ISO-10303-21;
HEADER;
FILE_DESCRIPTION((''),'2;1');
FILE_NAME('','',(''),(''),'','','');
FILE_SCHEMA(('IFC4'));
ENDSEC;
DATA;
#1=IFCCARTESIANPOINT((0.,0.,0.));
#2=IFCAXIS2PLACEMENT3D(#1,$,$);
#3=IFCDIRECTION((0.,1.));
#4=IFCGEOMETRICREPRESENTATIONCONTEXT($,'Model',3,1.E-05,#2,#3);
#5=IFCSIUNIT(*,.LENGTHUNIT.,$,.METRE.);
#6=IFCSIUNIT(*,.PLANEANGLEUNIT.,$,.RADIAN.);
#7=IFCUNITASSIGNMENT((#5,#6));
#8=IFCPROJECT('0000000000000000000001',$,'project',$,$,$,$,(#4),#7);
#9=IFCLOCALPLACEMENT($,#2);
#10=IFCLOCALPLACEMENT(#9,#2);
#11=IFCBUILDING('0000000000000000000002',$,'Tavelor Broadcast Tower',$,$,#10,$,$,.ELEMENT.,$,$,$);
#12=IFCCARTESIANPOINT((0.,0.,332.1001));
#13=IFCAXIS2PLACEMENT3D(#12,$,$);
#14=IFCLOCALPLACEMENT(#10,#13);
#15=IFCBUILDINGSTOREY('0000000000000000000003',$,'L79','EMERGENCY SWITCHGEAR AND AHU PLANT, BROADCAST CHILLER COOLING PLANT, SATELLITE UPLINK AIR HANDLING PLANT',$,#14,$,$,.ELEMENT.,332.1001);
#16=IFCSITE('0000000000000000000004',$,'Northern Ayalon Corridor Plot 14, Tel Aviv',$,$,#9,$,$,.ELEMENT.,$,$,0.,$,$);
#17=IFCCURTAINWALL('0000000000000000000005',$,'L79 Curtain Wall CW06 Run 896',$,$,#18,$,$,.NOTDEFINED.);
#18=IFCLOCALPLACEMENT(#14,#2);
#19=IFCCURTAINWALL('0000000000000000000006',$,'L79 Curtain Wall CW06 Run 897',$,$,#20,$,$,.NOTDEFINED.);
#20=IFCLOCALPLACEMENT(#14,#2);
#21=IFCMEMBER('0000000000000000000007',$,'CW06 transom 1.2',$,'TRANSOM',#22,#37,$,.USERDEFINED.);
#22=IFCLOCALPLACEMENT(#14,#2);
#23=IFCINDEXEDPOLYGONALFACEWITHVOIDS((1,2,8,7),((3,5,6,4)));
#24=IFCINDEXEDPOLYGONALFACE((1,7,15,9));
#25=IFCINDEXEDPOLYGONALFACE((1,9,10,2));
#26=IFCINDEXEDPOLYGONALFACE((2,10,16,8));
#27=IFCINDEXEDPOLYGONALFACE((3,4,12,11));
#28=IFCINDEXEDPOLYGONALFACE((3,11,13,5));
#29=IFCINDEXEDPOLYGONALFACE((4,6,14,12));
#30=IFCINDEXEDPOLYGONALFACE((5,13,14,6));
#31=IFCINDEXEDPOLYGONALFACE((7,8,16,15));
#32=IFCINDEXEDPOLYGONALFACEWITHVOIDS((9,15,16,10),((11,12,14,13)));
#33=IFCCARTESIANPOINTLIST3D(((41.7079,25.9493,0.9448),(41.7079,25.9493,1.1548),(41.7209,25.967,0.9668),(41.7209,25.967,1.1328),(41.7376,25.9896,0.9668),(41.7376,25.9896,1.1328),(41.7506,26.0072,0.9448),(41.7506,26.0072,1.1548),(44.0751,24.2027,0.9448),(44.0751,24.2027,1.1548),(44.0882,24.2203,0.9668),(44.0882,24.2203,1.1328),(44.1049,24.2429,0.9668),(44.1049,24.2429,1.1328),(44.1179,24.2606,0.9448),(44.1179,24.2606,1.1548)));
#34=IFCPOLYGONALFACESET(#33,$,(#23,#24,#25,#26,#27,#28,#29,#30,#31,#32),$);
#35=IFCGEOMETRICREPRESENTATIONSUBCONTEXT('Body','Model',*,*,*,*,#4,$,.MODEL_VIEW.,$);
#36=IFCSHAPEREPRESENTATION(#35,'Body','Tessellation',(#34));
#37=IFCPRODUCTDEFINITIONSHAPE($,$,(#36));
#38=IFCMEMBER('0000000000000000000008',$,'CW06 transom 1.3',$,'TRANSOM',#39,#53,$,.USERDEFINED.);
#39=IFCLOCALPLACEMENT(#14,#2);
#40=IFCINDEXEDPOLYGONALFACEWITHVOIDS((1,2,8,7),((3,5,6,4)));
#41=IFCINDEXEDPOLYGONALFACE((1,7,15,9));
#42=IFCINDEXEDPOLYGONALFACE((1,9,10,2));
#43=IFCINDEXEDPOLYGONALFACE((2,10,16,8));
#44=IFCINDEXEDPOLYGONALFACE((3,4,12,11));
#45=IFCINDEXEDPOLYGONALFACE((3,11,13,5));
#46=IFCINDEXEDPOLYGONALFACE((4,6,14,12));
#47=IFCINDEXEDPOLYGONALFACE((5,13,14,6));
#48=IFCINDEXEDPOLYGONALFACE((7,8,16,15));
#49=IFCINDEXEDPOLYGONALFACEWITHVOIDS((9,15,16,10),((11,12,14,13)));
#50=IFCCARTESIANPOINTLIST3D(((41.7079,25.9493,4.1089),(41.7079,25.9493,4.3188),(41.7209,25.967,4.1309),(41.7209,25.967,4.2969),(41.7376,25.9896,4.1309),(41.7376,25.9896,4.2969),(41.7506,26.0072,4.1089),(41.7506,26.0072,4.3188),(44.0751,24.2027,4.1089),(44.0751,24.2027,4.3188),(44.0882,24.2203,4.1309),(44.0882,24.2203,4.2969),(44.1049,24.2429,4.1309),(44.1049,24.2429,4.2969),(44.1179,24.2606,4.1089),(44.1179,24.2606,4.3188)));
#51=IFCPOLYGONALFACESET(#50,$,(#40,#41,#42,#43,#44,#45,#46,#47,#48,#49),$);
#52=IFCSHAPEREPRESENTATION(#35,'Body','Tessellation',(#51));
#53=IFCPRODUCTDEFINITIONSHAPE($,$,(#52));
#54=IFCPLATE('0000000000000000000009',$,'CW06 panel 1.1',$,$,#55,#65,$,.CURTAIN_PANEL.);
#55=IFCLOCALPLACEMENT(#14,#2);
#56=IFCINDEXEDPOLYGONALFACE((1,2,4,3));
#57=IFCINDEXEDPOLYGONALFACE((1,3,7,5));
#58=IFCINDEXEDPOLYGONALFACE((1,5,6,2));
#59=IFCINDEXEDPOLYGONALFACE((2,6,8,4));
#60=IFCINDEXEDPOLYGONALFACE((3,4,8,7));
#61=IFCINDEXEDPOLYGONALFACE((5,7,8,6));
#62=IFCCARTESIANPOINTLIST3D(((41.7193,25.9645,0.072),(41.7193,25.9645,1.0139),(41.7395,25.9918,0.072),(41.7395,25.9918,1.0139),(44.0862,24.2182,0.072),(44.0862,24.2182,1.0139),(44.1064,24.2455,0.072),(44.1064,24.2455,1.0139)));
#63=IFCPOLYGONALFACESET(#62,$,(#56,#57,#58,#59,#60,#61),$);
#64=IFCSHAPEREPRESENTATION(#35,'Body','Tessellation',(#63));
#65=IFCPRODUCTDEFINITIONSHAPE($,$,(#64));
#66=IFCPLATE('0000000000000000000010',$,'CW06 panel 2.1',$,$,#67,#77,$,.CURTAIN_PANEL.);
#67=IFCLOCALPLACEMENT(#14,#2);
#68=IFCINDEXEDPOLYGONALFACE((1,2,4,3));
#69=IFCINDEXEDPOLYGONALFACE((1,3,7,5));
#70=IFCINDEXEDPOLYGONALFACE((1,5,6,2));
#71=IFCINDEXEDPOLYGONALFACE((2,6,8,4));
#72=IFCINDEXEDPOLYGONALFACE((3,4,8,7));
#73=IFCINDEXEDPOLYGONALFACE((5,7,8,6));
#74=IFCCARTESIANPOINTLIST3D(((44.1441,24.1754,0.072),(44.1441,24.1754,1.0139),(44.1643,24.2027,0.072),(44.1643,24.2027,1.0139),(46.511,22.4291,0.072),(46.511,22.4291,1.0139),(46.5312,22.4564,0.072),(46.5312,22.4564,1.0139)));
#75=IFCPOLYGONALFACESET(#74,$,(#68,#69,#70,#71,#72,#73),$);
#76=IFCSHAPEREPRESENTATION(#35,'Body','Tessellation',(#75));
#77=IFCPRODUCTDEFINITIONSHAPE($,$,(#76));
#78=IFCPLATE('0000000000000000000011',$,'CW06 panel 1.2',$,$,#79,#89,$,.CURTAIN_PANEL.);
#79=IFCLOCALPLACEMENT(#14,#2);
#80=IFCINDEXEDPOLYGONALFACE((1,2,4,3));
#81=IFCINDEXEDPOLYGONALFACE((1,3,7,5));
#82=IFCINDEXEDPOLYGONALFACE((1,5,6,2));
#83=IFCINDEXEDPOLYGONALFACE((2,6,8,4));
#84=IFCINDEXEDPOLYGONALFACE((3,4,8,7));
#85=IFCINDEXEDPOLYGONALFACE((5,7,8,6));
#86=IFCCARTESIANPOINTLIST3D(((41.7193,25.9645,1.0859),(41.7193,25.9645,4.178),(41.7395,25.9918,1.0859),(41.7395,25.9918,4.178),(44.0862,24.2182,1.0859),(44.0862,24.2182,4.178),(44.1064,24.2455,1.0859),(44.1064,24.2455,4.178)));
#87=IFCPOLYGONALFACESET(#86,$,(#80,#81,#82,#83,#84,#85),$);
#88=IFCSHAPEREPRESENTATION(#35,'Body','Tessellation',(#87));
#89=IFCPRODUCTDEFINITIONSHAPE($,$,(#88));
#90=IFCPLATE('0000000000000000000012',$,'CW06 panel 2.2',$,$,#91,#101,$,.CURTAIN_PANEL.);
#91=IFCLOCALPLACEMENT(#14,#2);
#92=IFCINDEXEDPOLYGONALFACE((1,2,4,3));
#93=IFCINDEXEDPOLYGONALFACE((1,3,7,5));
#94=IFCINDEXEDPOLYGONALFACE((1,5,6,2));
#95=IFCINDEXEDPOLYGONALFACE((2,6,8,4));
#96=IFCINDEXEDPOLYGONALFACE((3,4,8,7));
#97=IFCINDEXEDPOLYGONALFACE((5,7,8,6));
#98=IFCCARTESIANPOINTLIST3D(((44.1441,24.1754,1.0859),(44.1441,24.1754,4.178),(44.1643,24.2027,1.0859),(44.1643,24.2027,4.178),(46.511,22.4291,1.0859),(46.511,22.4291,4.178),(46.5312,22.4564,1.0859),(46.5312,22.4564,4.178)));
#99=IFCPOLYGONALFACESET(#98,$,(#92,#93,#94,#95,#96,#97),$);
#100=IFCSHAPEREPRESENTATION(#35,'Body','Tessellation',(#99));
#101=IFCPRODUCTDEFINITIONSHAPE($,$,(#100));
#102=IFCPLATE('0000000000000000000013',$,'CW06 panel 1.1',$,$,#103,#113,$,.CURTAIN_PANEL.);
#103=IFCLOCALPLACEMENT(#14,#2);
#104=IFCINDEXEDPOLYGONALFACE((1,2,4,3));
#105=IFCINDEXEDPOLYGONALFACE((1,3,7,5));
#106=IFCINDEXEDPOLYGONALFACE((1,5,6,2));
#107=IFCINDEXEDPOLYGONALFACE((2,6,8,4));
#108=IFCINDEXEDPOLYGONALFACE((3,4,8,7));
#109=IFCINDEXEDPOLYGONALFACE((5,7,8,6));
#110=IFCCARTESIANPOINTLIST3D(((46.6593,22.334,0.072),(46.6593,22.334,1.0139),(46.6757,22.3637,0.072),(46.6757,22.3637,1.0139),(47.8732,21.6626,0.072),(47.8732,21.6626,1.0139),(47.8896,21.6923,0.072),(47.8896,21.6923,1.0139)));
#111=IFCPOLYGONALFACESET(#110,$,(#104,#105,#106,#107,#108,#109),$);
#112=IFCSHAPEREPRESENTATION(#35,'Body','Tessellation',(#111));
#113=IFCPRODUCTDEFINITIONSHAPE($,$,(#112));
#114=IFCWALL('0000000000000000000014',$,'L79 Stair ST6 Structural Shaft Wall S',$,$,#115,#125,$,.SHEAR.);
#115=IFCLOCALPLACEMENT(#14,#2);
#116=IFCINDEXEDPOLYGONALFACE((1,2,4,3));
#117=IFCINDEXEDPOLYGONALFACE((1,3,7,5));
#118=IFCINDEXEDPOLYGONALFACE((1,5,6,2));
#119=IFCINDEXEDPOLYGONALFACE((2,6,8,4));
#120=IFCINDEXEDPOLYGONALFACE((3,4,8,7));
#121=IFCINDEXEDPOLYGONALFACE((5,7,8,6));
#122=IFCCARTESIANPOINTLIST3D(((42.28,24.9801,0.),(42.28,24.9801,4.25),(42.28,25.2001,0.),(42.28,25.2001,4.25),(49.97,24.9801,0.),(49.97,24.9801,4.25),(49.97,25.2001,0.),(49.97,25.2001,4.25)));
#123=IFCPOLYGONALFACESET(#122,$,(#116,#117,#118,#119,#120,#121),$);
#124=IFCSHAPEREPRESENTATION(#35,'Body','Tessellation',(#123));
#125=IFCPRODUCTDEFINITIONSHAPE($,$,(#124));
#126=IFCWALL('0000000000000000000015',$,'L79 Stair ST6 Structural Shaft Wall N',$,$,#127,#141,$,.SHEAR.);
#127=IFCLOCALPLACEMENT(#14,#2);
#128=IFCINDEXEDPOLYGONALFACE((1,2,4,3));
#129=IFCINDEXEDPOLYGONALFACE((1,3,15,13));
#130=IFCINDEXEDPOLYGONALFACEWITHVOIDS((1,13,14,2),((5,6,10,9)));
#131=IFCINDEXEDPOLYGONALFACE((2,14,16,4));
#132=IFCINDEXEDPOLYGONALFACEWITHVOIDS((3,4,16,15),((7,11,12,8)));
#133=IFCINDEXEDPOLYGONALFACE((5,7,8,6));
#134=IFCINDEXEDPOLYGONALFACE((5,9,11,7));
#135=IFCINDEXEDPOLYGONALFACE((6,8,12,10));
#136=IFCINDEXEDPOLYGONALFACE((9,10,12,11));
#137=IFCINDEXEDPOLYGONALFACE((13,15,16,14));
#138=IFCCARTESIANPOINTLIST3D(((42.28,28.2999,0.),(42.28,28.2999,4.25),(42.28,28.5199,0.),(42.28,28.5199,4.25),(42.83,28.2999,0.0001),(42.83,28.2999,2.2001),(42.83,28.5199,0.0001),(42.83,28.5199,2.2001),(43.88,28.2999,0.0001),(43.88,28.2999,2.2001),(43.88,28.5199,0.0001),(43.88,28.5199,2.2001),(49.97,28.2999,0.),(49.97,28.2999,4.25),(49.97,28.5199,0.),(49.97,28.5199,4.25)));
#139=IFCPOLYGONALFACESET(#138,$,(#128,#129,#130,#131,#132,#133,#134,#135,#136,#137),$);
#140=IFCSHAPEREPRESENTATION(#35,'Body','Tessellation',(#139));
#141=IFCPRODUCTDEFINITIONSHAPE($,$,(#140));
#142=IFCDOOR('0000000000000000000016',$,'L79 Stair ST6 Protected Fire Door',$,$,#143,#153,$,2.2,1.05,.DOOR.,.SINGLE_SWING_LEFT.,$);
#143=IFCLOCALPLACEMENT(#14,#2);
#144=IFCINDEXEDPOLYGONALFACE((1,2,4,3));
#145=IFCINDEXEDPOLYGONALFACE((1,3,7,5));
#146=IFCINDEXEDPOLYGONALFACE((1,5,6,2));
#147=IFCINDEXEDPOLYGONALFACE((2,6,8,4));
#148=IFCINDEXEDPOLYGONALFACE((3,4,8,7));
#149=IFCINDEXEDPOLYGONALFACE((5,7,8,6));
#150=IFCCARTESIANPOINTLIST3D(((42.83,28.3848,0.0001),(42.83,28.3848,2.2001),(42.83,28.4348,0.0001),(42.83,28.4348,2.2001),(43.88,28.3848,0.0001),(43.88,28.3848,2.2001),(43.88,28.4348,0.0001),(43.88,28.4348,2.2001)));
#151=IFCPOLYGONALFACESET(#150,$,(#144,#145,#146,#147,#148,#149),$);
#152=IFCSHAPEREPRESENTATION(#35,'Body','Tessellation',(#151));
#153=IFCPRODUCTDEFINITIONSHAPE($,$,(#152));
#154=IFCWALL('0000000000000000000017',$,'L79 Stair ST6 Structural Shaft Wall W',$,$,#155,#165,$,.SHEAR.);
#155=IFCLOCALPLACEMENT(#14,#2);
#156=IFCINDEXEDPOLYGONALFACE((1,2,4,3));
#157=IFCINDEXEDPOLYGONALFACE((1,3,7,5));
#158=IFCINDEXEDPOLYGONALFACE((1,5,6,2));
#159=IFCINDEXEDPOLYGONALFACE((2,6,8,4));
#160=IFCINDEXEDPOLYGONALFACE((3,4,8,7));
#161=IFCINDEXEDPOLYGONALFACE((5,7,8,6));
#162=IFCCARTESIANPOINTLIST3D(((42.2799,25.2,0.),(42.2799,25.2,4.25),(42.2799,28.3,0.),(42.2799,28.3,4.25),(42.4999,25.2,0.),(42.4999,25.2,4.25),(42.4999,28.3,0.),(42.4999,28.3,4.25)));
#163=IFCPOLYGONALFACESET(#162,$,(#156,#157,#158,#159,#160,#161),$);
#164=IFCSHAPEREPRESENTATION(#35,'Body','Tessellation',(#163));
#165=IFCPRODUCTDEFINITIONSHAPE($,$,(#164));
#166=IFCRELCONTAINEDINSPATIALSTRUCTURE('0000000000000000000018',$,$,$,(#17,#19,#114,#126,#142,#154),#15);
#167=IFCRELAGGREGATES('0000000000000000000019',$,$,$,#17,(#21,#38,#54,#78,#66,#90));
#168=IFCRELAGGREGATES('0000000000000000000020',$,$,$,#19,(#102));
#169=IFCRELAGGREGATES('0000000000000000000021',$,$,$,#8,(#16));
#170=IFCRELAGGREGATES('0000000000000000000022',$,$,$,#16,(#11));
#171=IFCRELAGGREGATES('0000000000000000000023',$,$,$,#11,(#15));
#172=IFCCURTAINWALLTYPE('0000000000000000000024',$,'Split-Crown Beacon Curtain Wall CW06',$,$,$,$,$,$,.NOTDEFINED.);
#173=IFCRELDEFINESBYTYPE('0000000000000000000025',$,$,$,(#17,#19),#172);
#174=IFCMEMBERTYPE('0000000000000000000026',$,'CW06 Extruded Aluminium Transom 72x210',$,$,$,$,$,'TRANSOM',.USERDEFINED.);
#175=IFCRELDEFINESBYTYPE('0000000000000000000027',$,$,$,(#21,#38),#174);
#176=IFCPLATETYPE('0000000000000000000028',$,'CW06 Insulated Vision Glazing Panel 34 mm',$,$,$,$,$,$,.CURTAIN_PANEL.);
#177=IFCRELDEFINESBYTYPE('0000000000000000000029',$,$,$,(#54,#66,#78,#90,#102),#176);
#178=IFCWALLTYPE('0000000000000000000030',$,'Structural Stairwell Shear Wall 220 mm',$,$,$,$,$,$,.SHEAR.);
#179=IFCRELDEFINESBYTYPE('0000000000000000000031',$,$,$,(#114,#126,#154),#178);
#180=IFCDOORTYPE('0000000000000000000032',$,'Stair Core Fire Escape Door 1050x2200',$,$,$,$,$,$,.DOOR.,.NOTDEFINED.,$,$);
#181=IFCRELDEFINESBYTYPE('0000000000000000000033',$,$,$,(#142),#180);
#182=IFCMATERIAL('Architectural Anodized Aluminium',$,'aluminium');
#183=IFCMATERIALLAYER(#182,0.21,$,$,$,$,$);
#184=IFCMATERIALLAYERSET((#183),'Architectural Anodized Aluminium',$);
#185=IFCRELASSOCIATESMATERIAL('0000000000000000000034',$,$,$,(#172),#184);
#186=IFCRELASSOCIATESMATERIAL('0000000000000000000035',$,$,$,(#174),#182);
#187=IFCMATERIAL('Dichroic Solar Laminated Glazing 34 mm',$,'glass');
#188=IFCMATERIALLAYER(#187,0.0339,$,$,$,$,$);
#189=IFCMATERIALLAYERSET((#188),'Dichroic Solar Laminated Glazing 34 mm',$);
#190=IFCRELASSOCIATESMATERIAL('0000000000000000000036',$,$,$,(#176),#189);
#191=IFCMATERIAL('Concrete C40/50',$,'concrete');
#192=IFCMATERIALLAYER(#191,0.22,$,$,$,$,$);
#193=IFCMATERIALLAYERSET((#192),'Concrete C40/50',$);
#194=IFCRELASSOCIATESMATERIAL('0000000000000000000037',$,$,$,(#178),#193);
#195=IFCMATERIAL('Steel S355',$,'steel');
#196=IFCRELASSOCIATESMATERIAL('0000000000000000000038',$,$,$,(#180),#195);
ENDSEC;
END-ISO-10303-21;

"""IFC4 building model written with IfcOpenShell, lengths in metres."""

from ifc_helpers import new_model, si_unit, direction, frame, frame_2d, origin, origin_2d, place, context, subcontext, project, spatial, rectangle, hollow_rectangle, extrude, source, transform, mapped, material, layer, layer_set, material_profile, profile_set, type_object, type_shapes, element, fill, aggregate, save


model = new_model("IFC4")

# Units and contexts
model_context = context("Model", 3, precision=1e-05, world=origin(), true_north=direction((0.0, 1.0)))
body_context = subcontext(model_context, "Body", "Model", "MODEL_VIEW")
ifc_project = project(units=[si_unit("LENGTHUNIT", "METRE"), si_unit("PLANEANGLEUNIT", "RADIAN")], contexts=[model_context])

# Site, building, storey
site_placement = place(None, origin())
site = spatial("IfcSite", under=ifc_project, at=site_placement, Name="Northern Ayalon Corridor Plot 14, Tel Aviv", CompositionType="ELEMENT", RefElevation=0.0)
building_placement = place(site_placement, origin())
building = spatial("IfcBuilding", under=site, at=building_placement, Name="Tavelor Broadcast Tower", CompositionType="ELEMENT")
storey_placement = place(building_placement, frame((0.0, 0.0, 332.1001)))
storey = spatial("IfcBuildingStorey", under=building, at=storey_placement, Name="L79", Description="EMERGENCY SWITCHGEAR AND AHU PLANT, BROADCAST CHILLER COOLING PLANT, SATELLITE UPLINK AIR HANDLING PLANT", CompositionType="ELEMENT", Elevation=332.1001)

# Curtain walls
ifc_material_1 = material(Name="Architectural Anodized Aluminium", Category="aluminium")
ifc_layer_1 = layer(ifc_material_1, 0.21)
ifc_layer_set_1 = layer_set([ifc_layer_1], Name="Architectural Anodized Aluminium")
curtain_wall_type = type_object("IfcCurtainWallType", Name="Split-Crown Beacon Curtain Wall CW06", PredefinedType="NOTDEFINED", material=ifc_layer_set_1)
curtain_wall_1_placement = place(storey_placement, origin())
curtain_wall_1 = element("IfcCurtainWall", 1, at=curtain_wall_1_placement, inside=storey, type_object=curtain_wall_type, Name="L79 Curtain Wall CW06 Run 896", PredefinedType="NOTDEFINED")
curtain_wall_2_placement = place(storey_placement, origin())
curtain_wall_2 = element("IfcCurtainWall", 2, at=curtain_wall_2_placement, inside=storey, type_object=curtain_wall_type, Name="L79 Curtain Wall CW06 Run 897", PredefinedType="NOTDEFINED")
ifc_material_profile_1 = material_profile(ifc_material_1, hollow_rectangle(XDim=0.072, YDim=0.21, WallThickness=0.022, at=origin_2d()), Name="RHS 72x210x22")
ifc_profile_set_1 = profile_set([ifc_material_profile_1], Name="Architectural Anodized Aluminium")
member_type_1 = type_object("IfcMemberType", Name="CW06 Extruded Aluminium Transom 72x210", ElementType="TRANSOM", PredefinedType="USERDEFINED", material=ifc_profile_set_1)

# Members
shared_shape_1 = source(origin(), body_context, "Body", "SweptSolid", [
    extrude(hollow_rectangle(XDim=0.072, YDim=0.21, WallThickness=0.022, at=origin_2d()), origin(), (0.0, 0.0, 1.0), 2.9419),
])
member_1_placement = place(storey_placement, frame((41.7292, 25.9783, 1.0498), z_axis=(0.804676, -0.593714, 0.0), x_axis=(0.593714, 0.804676, 0.0)))
member_1 = element("IfcMember", 3, at=member_1_placement, type_object=member_type_1, Name="CW06 transom 1.2", ObjectType="TRANSOM", PredefinedType="USERDEFINED", context=body_context, shape_type="MappedRepresentation", body=[
    mapped(shared_shape_1, transform((0.0, 0.0, 0.0), scale=1.0)),
])
member_2_placement = place(storey_placement, frame((41.7292, 25.9783, 4.2139), z_axis=(0.804676, -0.593714, 0.0), x_axis=(0.593714, 0.804676, 0.0)))
member_2 = element("IfcMember", 4, at=member_2_placement, type_object=member_type_1, Name="CW06 transom 1.3", ObjectType="TRANSOM", PredefinedType="USERDEFINED", context=body_context, shape_type="MappedRepresentation", body=[
    mapped(shared_shape_1, transform((0.0, 0.0, 0.0), scale=1.0)),
])

# Plates
ifc_material_2 = material(Name="Dichroic Solar Laminated Glazing 34 mm", Category="glass")
ifc_layer_2 = layer(ifc_material_2, 0.0339)
ifc_layer_set_2 = layer_set([ifc_layer_2], Name="Dichroic Solar Laminated Glazing 34 mm")
plate_type = type_object("IfcPlateType", Name="CW06 Insulated Vision Glazing Panel 34 mm", PredefinedType="CURTAIN_PANEL", material=ifc_layer_set_2)
shared_shape_2 = source(origin(), body_context, "Body", "SweptSolid", [
    extrude(rectangle(XDim=2.9414, YDim=0.0339, at=origin_2d()), origin(), (0.0, 0.0, 1.0), 0.9419),
])
plate_1_placement = place(storey_placement, frame((42.9128, 25.105, 0.072), z_axis=(0.0, 0.0, 1.0), x_axis=(0.804686, -0.593701, 0.0)))
plate_1 = element("IfcPlate", 5, at=plate_1_placement, type_object=plate_type, Name="CW06 panel 1.1", PredefinedType="CURTAIN_PANEL", context=body_context, shape_type="MappedRepresentation", body=[
    mapped(shared_shape_2, transform((0.0, 0.0, 0.0), scale=1.0)),
])
plate_2_placement = place(storey_placement, frame((45.3376, 23.3159, 0.072), z_axis=(0.0, 0.0, 1.0), x_axis=(0.804686, -0.593701, 0.0)))
plate_2 = element("IfcPlate", 6, at=plate_2_placement, type_object=plate_type, Name="CW06 panel 2.1", PredefinedType="CURTAIN_PANEL", context=body_context, shape_type="MappedRepresentation", body=[
    mapped(shared_shape_2, transform((0.0, 0.0, 0.0), scale=1.0)),
])
shared_shape_3 = source(origin(), body_context, "Body", "SweptSolid", [
    extrude(rectangle(XDim=2.9414, YDim=0.0339, at=origin_2d()), origin(), (0.0, 0.0, 1.0), 3.092),
])
plate_3_placement = place(storey_placement, frame((42.9128, 25.105, 1.0859), z_axis=(0.0, 0.0, 1.0), x_axis=(0.804686, -0.593701, 0.0)))
plate_3 = element("IfcPlate", 7, at=plate_3_placement, type_object=plate_type, Name="CW06 panel 1.2", PredefinedType="CURTAIN_PANEL", context=body_context, shape_type="MappedRepresentation", body=[
    mapped(shared_shape_3, transform((0.0, 0.0, 0.0), scale=1.0)),
])
plate_4_placement = place(storey_placement, frame((45.3376, 23.3159, 1.0859), z_axis=(0.0, 0.0, 1.0), x_axis=(0.804686, -0.593701, 0.0)))
plate_4 = element("IfcPlate", 8, at=plate_4_placement, type_object=plate_type, Name="CW06 panel 2.2", PredefinedType="CURTAIN_PANEL", context=body_context, shape_type="MappedRepresentation", body=[
    mapped(shared_shape_3, transform((0.0, 0.0, 0.0), scale=1.0)),
])
aggregate(curtain_wall_1, [member_1, member_2, plate_1, plate_3, plate_2, plate_4])
shared_shape_4 = source(origin(), body_context, "Body", "SweptSolid", [
    extrude(rectangle(XDim=1.3872, YDim=0.0339, at=origin_2d()), origin(), (0.0, 0.0, 1.0), 0.9419),
])
type_shapes(plate_type, [shared_shape_2, shared_shape_3, shared_shape_4])
plate_5_placement = place(storey_placement, frame((47.2744, 22.0132, 0.072), z_axis=(0.0, 0.0, 1.0), x_axis=(0.875068, -0.484001, 0.0)))
plate_5 = element("IfcPlate", 9, at=plate_5_placement, type_object=plate_type, Name="CW06 panel 1.1", PredefinedType="CURTAIN_PANEL", context=body_context, shape_type="MappedRepresentation", body=[
    mapped(shared_shape_4, transform((0.0, 0.0, 0.0), scale=1.0)),
])
aggregate(curtain_wall_2, [plate_5])

# Wall
ifc_material_3 = material(Name="Concrete C40/50", Category="concrete")
ifc_layer_3 = layer(ifc_material_3, 0.22)
ifc_layer_set_3 = layer_set([ifc_layer_3], Name="Concrete C40/50")
wall_type = type_object("IfcWallType", Name="Structural Stairwell Shear Wall 220 mm", PredefinedType="SHEAR", material=ifc_layer_set_3)
wall_1_placement = place(storey_placement, frame((42.28, 25.0901, 0.0), z_axis=(0.0, 0.0, 1.0), x_axis=(1.0, 0.0, 0.0)))
element("IfcWall", 10, at=wall_1_placement, inside=storey, type_object=wall_type, Name="L79 Stair ST6 Structural Shaft Wall S", PredefinedType="SHEAR", context=body_context, shape_type="SweptSolid", body=[
    extrude(rectangle(XDim=7.6899, YDim=0.22, at=frame_2d((3.845, 0.0))), origin(), (0.0, 0.0, 1.0), 4.25),
])

# Wall, opening, door
wall_2_placement = place(storey_placement, frame((42.28, 28.4099, 0.0), z_axis=(0.0, 0.0, 1.0), x_axis=(1.0, 0.0, 0.0)))
wall_2 = element("IfcWall", 11, at=wall_2_placement, inside=storey, type_object=wall_type, Name="L79 Stair ST6 Structural Shaft Wall N", PredefinedType="SHEAR", context=body_context, shape_type="SweptSolid", body=[
    extrude(rectangle(XDim=7.6899, YDim=0.22, at=frame_2d((3.845, 0.0))), origin(), (0.0, 0.0, 1.0), 4.25),
])
opening_placement = place(wall_2_placement, frame((0.55, 0.0, 0.0)))
opening = element("IfcOpeningElement", 12, at=opening_placement, cuts=wall_2, PredefinedType="OPENING", context=body_context, shape_type="SweptSolid", body=[
    extrude(rectangle(XDim=1.05, YDim=2.2, at=frame_2d((0.5249, 1.1001))), frame((0.0, 0.1201, 0.0), z_axis=(0.0, -1.0, 0.0), x_axis=(1.0, 0.0, 0.0)), (0.0, 0.0, 1.0), 0.24),
])
ifc_material_4 = material(Name="Steel S355", Category="steel")
door_type = type_object("IfcDoorType", Name="Stair Core Fire Escape Door 1050x2200", OperationType="NOTDEFINED", PredefinedType="DOOR", material=ifc_material_4)
door_placement = place(opening_placement, origin())
door = element("IfcDoor", 13, at=door_placement, inside=storey, type_object=door_type, Name="L79 Stair ST6 Protected Fire Door", OperationType="SINGLE_SWING_LEFT", OverallHeight=2.2, OverallWidth=1.05, PredefinedType="DOOR", context=body_context, shape_type="SweptSolid", body=[
    extrude(rectangle(XDim=1.05, YDim=2.2, at=frame_2d((0.5249, 1.1001))), frame((0.0, 0.0249, 0.0), z_axis=(0.0, -1.0, 0.0), x_axis=(1.0, 0.0, 0.0)), (0.0, 0.0, 1.0), 0.05),
])
fill(opening, door)

# Wall
wall_3_placement = place(storey_placement, frame((42.3899, 25.2, 0.0), z_axis=(0.0, 0.0, 1.0), x_axis=(0.0, 1.0, 0.0)))
element("IfcWall", 14, at=wall_3_placement, inside=storey, type_object=wall_type, Name="L79 Stair ST6 Structural Shaft Wall W", PredefinedType="SHEAR", context=body_context, shape_type="SweptSolid", body=[
    extrude(rectangle(XDim=3.1001, YDim=0.22, at=frame_2d((1.55, 0.0))), origin(), (0.0, 0.0, 1.0), 4.25),
])

save(model, "model.ifc")
